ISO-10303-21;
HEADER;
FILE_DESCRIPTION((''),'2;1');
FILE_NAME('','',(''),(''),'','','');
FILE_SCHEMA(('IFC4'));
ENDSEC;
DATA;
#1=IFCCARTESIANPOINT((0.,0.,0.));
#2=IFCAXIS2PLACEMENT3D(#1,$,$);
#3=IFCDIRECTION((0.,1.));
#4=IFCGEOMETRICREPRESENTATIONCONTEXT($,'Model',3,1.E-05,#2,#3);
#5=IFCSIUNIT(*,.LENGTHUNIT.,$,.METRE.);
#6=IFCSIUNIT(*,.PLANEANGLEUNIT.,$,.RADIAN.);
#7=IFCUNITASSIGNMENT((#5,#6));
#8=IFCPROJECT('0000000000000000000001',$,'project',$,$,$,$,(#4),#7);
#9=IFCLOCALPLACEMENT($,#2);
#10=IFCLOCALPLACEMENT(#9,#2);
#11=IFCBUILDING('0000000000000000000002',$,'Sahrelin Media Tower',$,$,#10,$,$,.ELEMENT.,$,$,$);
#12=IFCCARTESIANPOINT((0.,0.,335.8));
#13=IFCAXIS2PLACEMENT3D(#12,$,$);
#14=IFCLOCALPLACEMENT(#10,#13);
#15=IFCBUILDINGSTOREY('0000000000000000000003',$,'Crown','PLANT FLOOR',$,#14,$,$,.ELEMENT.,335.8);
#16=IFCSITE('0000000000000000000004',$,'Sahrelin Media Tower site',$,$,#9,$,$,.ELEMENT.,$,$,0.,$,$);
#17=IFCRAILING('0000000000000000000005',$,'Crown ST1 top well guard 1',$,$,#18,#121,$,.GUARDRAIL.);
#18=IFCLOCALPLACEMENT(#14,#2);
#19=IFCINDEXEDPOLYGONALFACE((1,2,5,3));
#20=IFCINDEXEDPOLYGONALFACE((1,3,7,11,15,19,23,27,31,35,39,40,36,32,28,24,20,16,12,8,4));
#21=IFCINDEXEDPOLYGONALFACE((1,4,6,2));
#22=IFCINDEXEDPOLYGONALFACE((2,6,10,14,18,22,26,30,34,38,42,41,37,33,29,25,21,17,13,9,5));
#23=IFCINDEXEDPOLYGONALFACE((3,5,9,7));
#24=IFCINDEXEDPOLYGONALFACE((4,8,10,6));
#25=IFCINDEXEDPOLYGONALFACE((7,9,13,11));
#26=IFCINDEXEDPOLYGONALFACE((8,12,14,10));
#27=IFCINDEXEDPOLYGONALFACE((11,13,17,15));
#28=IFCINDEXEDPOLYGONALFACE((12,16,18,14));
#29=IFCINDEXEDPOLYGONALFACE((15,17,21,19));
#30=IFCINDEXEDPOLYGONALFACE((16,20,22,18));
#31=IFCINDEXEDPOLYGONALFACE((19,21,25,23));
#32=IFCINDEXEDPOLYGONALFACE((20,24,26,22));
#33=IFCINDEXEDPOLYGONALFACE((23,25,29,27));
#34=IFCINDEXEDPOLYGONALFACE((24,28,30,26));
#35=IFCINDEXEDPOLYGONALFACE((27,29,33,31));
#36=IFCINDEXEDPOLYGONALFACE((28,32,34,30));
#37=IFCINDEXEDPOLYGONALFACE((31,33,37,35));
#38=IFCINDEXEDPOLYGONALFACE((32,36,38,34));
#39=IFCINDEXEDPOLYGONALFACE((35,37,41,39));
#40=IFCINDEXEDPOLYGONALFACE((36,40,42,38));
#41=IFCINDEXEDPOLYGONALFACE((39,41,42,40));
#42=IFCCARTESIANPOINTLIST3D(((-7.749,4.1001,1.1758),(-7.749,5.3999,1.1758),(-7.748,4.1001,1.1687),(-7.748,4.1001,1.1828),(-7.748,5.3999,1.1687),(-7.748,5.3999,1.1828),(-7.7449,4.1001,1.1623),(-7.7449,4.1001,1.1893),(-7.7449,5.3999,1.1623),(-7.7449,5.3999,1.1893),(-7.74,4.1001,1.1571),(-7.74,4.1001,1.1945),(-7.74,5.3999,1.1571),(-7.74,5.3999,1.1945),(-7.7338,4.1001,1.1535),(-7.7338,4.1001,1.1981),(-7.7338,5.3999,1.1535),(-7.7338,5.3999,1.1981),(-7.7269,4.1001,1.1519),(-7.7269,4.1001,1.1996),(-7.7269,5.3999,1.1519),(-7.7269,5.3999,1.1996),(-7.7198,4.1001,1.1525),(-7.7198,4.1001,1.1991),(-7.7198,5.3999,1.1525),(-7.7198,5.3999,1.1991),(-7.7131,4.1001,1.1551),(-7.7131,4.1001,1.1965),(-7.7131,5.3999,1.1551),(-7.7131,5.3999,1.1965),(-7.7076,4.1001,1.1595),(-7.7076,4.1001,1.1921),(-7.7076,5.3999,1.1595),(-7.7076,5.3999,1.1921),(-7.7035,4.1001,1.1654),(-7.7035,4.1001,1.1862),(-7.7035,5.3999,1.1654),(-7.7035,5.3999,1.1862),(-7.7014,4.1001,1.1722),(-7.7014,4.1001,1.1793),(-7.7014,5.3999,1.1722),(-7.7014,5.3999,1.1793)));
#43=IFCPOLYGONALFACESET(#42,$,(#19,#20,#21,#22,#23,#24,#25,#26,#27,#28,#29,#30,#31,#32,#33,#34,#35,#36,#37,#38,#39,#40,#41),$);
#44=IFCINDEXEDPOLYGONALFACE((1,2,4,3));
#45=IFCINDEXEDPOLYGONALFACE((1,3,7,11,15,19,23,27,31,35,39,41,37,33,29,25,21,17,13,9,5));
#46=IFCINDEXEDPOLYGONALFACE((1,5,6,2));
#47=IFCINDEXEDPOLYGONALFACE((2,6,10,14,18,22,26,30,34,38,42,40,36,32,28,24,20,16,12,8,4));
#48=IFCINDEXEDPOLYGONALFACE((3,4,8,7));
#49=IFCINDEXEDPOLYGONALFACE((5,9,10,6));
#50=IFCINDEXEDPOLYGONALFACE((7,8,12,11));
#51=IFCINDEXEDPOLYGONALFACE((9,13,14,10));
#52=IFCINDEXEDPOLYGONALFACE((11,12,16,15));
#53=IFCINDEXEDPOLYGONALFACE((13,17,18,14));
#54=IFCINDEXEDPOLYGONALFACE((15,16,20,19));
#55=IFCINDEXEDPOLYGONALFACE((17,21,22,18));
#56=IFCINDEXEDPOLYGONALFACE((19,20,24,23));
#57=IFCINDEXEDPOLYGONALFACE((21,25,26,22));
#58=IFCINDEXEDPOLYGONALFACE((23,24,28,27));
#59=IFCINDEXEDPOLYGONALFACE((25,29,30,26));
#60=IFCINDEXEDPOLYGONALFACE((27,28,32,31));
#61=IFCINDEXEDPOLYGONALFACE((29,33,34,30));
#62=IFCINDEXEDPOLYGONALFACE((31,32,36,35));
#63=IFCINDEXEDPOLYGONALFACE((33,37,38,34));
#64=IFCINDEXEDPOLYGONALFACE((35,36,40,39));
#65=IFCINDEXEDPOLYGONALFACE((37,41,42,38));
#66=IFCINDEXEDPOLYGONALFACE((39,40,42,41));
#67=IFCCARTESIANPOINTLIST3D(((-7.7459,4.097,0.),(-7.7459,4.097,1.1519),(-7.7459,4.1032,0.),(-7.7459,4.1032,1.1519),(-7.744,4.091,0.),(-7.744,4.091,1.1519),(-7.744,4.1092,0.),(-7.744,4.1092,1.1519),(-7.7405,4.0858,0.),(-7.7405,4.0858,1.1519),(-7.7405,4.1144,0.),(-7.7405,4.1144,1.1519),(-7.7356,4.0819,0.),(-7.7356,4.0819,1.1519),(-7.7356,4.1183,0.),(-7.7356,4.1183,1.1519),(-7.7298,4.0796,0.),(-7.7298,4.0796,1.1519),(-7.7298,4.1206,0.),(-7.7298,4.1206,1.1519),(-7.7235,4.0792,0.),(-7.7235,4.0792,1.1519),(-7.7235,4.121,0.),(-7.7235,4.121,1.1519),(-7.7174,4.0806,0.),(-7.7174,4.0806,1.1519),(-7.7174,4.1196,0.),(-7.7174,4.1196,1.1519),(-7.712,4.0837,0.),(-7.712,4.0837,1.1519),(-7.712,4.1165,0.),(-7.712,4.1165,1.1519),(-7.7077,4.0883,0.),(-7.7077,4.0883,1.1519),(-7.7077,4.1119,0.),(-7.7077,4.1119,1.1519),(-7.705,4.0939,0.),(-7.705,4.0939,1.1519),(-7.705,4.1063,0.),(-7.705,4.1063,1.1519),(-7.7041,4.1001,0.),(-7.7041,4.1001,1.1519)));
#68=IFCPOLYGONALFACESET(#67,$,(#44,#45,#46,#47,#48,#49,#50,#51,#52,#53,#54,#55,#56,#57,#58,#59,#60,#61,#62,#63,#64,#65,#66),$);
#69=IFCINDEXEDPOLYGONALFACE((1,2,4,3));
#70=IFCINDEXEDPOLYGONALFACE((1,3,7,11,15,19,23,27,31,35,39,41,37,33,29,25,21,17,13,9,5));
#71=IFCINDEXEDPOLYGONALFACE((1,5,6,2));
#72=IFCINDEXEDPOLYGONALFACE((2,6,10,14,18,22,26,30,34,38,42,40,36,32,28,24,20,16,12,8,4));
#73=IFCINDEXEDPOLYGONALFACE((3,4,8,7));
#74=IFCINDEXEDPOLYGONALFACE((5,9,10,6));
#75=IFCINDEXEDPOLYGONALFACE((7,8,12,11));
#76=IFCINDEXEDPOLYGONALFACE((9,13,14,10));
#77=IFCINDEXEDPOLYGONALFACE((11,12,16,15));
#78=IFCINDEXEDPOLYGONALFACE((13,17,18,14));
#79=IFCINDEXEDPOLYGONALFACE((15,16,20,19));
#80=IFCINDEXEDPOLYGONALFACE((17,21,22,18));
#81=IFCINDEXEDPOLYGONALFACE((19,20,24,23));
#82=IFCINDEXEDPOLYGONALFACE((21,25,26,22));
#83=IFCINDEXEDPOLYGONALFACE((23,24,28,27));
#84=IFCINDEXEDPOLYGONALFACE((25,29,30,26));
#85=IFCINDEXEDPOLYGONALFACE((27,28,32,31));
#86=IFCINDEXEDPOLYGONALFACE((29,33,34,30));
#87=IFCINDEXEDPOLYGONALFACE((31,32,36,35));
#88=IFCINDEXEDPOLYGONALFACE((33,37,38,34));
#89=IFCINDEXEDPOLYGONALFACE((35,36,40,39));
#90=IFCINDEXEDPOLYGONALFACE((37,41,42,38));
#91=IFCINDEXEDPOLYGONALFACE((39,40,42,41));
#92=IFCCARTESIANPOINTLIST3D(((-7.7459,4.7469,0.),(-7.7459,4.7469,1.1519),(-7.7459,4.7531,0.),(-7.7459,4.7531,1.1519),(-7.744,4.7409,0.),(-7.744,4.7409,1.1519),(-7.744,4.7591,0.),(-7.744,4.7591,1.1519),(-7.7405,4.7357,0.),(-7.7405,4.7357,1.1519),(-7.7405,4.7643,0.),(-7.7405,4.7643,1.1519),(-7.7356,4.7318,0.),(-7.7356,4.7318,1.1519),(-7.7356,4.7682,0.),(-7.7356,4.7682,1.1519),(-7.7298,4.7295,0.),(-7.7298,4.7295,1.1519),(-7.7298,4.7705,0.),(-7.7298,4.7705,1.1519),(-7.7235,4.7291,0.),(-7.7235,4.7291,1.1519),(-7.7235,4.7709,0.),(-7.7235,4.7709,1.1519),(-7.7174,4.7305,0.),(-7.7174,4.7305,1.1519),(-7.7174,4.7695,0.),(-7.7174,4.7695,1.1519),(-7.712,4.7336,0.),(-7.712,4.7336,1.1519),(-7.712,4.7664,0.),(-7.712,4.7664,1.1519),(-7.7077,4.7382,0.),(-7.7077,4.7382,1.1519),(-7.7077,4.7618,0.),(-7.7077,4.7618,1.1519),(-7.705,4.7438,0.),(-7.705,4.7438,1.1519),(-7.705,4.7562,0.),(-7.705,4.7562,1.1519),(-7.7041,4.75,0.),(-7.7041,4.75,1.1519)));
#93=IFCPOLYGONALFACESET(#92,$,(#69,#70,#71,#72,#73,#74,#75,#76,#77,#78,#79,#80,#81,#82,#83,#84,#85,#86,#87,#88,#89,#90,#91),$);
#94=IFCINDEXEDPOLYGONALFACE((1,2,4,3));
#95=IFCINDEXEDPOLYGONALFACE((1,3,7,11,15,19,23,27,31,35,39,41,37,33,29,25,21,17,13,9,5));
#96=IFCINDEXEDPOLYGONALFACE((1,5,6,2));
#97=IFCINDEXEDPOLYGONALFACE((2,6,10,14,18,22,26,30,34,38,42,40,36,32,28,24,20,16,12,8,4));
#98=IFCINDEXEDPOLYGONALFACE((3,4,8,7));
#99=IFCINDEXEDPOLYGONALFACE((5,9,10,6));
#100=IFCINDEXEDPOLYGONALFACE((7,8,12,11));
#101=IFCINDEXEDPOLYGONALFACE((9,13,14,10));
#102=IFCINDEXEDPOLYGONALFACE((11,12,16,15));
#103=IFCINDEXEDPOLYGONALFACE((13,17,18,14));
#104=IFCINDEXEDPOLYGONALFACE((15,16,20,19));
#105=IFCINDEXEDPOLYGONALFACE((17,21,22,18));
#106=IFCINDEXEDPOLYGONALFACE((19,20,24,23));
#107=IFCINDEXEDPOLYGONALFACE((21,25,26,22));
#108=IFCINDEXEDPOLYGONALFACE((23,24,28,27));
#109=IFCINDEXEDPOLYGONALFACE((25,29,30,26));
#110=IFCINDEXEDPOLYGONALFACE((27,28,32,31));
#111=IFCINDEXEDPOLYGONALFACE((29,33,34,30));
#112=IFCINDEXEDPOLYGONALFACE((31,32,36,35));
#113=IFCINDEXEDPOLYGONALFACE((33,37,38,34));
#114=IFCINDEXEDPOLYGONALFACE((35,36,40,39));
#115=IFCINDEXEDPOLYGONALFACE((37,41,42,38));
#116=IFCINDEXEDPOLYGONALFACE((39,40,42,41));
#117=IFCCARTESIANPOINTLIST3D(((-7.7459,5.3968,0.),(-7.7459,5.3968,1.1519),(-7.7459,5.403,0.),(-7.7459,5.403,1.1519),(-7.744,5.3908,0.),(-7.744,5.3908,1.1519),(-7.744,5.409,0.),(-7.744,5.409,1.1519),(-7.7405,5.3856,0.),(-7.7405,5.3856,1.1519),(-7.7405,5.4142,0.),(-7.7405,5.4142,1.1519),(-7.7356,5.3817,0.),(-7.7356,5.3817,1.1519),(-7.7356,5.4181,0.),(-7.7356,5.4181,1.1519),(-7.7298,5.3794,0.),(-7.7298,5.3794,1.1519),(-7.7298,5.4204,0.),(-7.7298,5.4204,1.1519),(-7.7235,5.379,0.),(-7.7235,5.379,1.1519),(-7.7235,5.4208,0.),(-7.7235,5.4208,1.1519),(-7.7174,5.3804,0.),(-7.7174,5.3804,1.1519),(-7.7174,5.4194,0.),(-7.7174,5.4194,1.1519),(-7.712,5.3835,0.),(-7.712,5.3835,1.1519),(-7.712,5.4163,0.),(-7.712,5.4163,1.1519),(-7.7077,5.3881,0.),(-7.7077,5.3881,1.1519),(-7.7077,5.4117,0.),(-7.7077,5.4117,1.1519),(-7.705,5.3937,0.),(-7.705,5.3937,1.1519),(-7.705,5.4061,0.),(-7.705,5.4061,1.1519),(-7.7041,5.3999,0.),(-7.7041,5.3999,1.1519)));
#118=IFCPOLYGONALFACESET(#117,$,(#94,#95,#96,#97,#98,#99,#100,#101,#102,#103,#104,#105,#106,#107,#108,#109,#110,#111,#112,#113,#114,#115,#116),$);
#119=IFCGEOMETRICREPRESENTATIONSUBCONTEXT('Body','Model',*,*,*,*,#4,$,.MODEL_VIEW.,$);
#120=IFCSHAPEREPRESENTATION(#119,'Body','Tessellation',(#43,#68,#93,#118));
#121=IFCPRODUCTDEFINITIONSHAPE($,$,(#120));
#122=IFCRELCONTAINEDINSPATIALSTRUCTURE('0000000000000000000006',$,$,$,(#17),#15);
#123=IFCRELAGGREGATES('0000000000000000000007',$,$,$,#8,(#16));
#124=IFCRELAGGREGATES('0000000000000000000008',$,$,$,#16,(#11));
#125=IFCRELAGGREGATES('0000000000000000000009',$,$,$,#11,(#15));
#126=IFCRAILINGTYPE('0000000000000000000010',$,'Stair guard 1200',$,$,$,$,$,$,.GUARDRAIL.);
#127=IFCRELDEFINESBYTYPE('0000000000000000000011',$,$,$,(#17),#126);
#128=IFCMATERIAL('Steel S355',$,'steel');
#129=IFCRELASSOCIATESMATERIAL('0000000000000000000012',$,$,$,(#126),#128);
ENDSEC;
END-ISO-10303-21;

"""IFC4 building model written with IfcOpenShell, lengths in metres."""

from ifc_helpers import new_model, si_unit, direction, frame, origin, origin_2d, place, context, subcontext, project, spatial, circle, extrude, material, type_object, element, save


model = new_model("IFC4")

# Units and contexts
model_context = context("Model", 3, precision=1e-05, world=origin(), true_north=direction((0.0, 1.0)))
body_context = subcontext(model_context, "Body", "Model", "MODEL_VIEW")
ifc_project = project(units=[si_unit("LENGTHUNIT", "METRE"), si_unit("PLANEANGLEUNIT", "RADIAN")], contexts=[model_context])

# Site, building, storey
site_placement = place(None, origin())
site = spatial("IfcSite", under=ifc_project, at=site_placement, Name="Sahrelin Media Tower site", CompositionType="ELEMENT", RefElevation=0.0)
building_placement = place(site_placement, origin())
building = spatial("IfcBuilding", under=site, at=building_placement, Name="Sahrelin Media Tower", CompositionType="ELEMENT")
storey_placement = place(building_placement, frame((0.0, 0.0, 335.8)))
storey = spatial("IfcBuildingStorey", under=building, at=storey_placement, Name="Crown", Description="PLANT FLOOR", CompositionType="ELEMENT", Elevation=335.8)

# Shared definitions
ifc_material_1 = material(Name="Steel S355", Category="steel")

# Railing
railing_type = type_object("IfcRailingType", Name="Stair guard 1200", PredefinedType="GUARDRAIL", material=ifc_material_1)
railing_placement = place(storey_placement, frame((-7.7251, 4.1001, 0.0)))
element("IfcRailing", 1, at=railing_placement, inside=storey, type_object=railing_type, Name="Crown ST1 top well guard 1", PredefinedType="GUARDRAIL", context=body_context, shape_type="SweptSolid", body=[
    extrude(circle(Radius=0.0239, at=origin_2d()), frame((0.0, 0.0, 1.1758), z_axis=(0.0, 1.0, 0.0), x_axis=(-1.0, 0.0, 0.0)), (0.0, 0.0, 1.0), 1.2998),
    extrude(circle(Radius=0.021, at=origin_2d()), origin(), (0.0, 0.0, 1.0), 1.1519),
    extrude(circle(Radius=0.021, at=origin_2d()), frame((0.0, 0.6499, 0.0)), (0.0, 0.0, 1.0), 1.1519),
    extrude(circle(Radius=0.021, at=origin_2d()), frame((0.0, 1.2998, 0.0)), (0.0, 0.0, 1.0), 1.1519),
])

save(model, "model.ifc")
